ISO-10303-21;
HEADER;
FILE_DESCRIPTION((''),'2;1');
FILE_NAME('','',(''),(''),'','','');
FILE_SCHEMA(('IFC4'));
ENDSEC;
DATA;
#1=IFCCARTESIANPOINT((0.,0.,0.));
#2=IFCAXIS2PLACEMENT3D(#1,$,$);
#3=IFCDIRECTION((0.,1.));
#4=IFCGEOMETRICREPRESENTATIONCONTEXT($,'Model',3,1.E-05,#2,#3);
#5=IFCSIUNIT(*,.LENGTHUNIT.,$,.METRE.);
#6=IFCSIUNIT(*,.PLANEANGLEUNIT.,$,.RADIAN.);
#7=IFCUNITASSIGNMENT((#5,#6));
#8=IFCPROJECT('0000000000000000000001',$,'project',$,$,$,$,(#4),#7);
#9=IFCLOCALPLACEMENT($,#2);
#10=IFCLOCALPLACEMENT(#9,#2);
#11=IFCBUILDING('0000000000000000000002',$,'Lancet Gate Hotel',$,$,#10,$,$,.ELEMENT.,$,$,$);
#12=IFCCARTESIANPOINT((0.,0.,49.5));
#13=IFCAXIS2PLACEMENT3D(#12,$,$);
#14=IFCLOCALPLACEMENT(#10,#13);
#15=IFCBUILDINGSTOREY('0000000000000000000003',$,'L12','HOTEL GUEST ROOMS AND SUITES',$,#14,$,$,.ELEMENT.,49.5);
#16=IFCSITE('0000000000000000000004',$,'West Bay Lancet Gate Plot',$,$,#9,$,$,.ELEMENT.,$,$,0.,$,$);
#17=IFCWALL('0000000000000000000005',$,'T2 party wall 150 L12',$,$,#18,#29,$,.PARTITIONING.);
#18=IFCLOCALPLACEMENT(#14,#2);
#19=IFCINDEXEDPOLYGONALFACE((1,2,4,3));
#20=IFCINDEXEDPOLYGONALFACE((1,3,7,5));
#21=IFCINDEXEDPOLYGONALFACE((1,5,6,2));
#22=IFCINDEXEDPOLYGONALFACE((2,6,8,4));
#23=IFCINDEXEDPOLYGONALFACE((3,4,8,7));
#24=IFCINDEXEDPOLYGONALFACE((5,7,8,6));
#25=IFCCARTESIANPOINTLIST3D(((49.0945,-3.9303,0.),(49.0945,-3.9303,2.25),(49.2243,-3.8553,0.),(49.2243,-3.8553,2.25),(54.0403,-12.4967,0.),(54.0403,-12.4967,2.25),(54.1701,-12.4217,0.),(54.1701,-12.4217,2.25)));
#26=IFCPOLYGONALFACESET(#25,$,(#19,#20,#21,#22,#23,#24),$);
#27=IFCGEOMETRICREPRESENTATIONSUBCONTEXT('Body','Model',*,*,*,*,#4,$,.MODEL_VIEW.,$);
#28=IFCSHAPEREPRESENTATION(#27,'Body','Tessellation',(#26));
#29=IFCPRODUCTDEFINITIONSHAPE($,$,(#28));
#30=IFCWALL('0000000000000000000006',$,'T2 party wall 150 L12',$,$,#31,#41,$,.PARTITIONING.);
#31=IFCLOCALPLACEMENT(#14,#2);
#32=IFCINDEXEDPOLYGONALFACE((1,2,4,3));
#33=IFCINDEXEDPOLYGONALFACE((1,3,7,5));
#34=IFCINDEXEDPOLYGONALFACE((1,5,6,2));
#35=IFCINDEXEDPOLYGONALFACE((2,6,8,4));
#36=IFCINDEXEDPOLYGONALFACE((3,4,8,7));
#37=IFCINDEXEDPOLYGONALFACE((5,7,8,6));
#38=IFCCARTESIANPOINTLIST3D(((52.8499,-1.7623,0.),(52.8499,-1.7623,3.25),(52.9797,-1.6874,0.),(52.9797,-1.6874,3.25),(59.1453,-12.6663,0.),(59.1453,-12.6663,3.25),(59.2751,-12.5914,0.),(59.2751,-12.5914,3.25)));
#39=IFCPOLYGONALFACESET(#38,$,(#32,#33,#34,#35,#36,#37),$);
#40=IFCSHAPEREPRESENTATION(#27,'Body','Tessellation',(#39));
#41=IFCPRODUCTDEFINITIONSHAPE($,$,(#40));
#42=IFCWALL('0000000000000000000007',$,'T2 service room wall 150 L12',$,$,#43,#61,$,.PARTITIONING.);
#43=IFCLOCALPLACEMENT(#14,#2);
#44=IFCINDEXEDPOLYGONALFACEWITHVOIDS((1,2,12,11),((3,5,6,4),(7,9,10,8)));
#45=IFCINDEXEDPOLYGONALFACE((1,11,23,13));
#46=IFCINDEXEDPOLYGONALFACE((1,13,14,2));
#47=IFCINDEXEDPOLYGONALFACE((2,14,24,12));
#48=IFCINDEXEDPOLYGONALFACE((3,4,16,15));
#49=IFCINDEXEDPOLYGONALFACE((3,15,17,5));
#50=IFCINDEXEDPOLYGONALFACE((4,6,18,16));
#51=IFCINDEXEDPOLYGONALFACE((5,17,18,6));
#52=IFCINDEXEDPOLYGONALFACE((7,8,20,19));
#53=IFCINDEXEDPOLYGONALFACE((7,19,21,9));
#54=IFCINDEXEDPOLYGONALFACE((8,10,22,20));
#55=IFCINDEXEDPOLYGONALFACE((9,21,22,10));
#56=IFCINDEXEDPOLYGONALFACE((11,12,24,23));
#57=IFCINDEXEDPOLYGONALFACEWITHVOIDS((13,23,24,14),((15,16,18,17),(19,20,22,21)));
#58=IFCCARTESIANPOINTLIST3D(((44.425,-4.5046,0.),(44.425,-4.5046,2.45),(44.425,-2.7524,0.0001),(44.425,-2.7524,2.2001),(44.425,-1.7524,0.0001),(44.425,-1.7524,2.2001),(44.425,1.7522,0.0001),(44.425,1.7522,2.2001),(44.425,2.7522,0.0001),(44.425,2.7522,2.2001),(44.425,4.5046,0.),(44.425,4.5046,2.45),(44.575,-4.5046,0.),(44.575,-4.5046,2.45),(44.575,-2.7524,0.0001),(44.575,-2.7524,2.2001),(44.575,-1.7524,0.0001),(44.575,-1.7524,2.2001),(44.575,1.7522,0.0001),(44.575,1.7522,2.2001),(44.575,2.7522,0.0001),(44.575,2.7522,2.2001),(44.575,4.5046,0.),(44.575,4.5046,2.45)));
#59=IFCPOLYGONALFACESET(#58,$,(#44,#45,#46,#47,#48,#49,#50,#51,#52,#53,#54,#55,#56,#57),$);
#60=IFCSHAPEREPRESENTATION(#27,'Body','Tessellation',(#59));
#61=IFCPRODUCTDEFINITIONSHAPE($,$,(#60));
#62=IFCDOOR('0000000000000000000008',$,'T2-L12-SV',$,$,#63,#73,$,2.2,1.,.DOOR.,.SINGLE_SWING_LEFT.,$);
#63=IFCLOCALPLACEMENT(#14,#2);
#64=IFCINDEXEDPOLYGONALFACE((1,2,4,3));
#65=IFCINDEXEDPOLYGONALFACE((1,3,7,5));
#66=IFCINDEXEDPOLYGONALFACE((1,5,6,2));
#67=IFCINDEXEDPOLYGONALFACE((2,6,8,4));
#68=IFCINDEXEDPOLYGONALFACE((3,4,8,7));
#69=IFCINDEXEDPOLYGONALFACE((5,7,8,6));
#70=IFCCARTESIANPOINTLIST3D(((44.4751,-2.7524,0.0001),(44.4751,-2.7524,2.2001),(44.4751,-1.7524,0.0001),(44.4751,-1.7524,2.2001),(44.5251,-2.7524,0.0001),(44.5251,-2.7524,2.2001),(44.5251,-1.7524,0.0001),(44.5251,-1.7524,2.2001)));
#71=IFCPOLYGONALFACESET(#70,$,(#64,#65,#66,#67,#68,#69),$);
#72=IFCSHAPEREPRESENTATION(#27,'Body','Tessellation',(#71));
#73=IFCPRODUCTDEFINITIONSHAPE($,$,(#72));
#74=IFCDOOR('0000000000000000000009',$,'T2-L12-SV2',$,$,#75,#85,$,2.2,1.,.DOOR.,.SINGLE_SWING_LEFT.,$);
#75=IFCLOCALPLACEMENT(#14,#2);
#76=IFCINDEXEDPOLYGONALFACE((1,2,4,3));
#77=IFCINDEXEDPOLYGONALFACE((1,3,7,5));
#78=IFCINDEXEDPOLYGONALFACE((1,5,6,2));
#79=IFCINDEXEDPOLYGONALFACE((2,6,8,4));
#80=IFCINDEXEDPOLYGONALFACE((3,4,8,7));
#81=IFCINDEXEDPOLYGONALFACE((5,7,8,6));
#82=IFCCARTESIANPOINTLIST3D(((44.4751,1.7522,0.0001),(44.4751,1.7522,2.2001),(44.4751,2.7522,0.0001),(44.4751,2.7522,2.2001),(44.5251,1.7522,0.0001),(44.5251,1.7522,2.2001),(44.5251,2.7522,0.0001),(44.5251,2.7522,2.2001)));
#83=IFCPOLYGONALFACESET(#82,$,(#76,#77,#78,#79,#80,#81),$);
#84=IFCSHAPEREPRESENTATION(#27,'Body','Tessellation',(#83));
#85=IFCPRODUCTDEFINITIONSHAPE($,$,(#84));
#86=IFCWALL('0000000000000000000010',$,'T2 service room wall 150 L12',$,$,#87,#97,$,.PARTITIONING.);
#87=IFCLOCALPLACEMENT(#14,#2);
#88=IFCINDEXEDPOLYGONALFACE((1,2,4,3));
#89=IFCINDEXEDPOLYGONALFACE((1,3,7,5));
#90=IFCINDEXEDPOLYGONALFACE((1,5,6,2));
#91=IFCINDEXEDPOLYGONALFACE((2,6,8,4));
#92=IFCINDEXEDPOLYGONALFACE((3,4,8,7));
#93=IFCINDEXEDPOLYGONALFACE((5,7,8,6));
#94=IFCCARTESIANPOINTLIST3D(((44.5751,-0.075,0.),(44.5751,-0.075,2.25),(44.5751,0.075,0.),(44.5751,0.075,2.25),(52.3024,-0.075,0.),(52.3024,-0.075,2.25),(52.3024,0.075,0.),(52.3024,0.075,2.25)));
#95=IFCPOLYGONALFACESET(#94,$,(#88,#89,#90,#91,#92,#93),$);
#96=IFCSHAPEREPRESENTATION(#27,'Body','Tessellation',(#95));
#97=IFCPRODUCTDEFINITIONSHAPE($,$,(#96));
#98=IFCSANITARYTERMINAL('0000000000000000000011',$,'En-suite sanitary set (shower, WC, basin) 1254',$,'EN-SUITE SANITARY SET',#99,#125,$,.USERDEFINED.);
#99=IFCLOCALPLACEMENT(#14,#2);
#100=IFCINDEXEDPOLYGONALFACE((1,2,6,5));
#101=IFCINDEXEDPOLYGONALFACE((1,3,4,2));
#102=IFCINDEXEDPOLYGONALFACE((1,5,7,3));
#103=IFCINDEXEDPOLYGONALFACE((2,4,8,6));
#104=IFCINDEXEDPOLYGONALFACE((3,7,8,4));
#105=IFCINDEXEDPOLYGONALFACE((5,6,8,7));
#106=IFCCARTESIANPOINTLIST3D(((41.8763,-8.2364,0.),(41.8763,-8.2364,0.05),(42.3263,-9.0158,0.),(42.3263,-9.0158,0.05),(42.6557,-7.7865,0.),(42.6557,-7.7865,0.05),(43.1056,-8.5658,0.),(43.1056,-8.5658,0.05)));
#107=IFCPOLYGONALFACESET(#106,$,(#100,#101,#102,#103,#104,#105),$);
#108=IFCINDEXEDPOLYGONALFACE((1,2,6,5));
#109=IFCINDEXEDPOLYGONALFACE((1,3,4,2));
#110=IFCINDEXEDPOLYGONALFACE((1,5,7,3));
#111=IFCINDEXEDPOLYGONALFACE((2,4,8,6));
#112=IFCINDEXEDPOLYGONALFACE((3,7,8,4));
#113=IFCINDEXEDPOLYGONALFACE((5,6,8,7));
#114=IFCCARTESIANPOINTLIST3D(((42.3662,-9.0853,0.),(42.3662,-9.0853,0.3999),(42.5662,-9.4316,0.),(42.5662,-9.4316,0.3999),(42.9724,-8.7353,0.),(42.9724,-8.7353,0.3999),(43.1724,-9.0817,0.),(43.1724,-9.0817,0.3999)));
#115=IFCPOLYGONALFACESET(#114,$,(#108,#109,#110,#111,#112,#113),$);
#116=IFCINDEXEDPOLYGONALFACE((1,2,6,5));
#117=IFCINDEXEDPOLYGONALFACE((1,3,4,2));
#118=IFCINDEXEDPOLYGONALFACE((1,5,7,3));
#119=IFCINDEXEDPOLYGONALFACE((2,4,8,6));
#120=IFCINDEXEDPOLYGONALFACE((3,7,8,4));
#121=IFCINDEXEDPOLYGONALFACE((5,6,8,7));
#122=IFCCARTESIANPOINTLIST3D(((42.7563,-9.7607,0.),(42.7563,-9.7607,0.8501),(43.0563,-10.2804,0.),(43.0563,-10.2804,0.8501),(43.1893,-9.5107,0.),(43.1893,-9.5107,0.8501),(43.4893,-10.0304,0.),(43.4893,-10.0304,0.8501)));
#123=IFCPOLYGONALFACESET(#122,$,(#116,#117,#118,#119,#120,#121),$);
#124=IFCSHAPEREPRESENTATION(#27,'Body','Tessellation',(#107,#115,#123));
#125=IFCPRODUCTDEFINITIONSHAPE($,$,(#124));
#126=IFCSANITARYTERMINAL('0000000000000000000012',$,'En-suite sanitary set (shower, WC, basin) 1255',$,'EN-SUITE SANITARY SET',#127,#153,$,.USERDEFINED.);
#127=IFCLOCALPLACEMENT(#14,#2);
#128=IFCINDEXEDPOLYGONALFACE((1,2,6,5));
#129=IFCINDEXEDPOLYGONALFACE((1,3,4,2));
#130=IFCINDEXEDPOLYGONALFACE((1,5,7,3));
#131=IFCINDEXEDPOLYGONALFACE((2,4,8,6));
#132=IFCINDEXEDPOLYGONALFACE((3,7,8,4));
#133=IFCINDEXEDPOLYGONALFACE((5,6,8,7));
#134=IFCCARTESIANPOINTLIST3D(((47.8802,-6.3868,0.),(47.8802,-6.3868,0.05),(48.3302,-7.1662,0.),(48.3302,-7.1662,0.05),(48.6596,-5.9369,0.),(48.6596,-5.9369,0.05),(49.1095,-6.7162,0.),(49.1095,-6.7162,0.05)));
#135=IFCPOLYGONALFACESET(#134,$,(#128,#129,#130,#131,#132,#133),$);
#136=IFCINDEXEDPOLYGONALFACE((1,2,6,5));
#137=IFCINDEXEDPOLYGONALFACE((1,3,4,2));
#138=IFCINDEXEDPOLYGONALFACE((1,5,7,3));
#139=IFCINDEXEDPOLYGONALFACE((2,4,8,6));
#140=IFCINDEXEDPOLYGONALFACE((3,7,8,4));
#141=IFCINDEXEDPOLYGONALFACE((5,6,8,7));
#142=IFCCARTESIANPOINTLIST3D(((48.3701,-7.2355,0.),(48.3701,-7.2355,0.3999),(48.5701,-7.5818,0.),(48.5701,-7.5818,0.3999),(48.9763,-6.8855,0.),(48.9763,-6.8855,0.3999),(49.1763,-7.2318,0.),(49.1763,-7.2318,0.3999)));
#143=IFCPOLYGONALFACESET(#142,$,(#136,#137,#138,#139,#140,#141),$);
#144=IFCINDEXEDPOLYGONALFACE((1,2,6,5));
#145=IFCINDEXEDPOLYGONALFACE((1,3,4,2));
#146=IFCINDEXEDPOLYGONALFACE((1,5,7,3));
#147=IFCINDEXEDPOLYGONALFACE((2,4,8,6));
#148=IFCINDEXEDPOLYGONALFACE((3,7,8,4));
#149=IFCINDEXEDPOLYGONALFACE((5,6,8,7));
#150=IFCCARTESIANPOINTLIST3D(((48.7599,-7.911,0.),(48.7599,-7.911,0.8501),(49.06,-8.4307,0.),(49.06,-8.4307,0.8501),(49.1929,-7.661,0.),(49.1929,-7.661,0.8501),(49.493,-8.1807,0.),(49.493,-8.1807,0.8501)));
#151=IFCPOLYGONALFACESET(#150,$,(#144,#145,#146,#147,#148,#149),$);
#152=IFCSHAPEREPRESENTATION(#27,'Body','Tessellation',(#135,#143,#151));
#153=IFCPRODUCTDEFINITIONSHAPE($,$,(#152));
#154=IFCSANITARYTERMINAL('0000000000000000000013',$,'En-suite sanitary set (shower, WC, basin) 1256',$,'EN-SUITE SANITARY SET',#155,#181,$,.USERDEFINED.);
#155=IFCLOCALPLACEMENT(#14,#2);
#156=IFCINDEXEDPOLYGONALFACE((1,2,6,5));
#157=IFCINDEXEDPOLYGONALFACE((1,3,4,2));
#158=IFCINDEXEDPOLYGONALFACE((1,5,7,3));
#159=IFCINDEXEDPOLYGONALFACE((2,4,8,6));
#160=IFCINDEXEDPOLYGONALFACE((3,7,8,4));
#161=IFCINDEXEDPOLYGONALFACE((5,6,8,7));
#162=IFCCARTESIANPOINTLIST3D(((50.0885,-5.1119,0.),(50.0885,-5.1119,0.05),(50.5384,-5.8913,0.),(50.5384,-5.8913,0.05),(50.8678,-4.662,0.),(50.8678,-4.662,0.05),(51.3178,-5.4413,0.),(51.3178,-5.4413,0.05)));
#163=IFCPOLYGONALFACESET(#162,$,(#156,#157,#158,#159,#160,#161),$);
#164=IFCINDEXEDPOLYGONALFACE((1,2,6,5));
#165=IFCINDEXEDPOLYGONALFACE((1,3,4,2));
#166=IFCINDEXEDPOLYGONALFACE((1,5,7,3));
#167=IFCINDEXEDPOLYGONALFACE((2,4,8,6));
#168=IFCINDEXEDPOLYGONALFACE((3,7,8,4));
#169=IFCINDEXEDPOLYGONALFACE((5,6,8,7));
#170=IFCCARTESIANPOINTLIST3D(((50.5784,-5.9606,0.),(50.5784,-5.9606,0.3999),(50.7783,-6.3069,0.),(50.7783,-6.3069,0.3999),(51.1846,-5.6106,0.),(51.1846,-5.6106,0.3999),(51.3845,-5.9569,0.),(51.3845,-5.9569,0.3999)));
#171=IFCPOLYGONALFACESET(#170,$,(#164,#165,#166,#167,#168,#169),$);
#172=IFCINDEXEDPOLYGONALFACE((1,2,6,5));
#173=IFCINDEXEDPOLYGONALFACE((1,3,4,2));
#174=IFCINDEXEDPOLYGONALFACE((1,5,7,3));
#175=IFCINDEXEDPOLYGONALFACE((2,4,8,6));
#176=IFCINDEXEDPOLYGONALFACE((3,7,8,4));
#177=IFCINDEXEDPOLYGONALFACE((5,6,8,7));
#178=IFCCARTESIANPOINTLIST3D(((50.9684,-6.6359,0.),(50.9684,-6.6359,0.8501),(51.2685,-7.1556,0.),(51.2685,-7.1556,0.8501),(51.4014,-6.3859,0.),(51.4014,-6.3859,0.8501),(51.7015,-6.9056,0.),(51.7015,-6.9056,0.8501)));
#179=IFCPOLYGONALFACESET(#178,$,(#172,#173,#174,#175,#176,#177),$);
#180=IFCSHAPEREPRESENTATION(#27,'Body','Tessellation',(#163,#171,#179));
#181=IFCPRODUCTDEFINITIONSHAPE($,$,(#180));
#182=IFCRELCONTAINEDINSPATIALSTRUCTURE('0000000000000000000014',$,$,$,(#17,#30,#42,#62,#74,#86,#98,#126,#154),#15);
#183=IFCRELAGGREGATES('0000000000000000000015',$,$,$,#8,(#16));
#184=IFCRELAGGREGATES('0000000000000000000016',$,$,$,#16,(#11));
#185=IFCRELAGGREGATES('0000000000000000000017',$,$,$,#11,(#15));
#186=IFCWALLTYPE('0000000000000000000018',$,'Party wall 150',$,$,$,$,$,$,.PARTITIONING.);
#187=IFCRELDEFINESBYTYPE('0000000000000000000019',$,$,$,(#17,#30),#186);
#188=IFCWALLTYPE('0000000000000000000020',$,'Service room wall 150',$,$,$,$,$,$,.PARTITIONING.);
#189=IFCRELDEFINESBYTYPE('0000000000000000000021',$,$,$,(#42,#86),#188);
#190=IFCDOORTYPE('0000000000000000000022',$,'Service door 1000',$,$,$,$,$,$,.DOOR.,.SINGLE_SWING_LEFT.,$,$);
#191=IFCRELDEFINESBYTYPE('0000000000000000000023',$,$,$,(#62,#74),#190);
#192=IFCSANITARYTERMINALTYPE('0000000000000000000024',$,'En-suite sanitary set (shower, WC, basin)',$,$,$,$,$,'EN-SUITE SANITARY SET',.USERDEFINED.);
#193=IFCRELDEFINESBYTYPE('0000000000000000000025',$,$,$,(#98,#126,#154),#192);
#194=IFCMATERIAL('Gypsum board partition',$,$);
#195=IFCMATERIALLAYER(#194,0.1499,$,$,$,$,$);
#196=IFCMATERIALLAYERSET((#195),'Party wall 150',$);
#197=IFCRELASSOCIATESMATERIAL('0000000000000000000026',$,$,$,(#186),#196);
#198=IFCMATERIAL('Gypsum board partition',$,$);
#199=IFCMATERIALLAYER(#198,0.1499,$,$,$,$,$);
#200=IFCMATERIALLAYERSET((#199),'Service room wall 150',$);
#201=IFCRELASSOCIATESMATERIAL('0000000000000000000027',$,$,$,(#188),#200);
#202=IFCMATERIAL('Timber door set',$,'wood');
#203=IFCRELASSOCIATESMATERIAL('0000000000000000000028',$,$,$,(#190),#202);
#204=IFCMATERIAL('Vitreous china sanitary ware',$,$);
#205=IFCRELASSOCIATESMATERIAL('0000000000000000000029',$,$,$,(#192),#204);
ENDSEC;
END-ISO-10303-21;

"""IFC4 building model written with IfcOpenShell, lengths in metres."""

from ifc_helpers import new_model, si_unit, direction, frame, frame_2d, origin, origin_2d, place, context, subcontext, project, spatial, rectangle, extrude, material, layer, layer_set, type_object, element, fill, save


model = new_model("IFC4")

# Units and contexts
model_context = context("Model", 3, precision=1e-05, world=origin(), true_north=direction((0.0, 1.0)))
body_context = subcontext(model_context, "Body", "Model", "MODEL_VIEW")
ifc_project = project(units=[si_unit("LENGTHUNIT", "METRE"), si_unit("PLANEANGLEUNIT", "RADIAN")], contexts=[model_context])

# Site, building, storey
site_placement = place(None, origin())
site = spatial("IfcSite", under=ifc_project, at=site_placement, Name="West Bay Lancet Gate Plot", CompositionType="ELEMENT", RefElevation=0.0)
building_placement = place(site_placement, origin())
building = spatial("IfcBuilding", under=site, at=building_placement, Name="Lancet Gate Hotel", CompositionType="ELEMENT")
storey_placement = place(building_placement, frame((0.0, 0.0, 49.5)))
storey = spatial("IfcBuildingStorey", under=building, at=storey_placement, Name="L12", Description="HOTEL GUEST ROOMS AND SUITES", CompositionType="ELEMENT", Elevation=49.5)

# Walls
ifc_material_1 = material(Name="Gypsum board partition")
ifc_layer_1 = layer(ifc_material_1, 0.1499)
ifc_layer_set_1 = layer_set([ifc_layer_1], Name="Party wall 150")
wall_type_1 = type_object("IfcWallType", Name="Party wall 150", PredefinedType="PARTITIONING", material=ifc_layer_set_1)
wall_1_placement = place(storey_placement, frame((49.1594, -3.8928, 0.0), z_axis=(0.0, 0.0, 1.0), x_axis=(0.499999, -0.866026, 0.0)))
element("IfcWall", 1, at=wall_1_placement, inside=storey, type_object=wall_type_1, Name="T2 party wall 150 L12", PredefinedType="PARTITIONING", context=body_context, shape_type="SweptSolid", body=[
    extrude(rectangle(XDim=9.8916, YDim=0.1499, at=frame_2d((4.9458, 0.0))), origin(), (0.0, 0.0, 1.0), 2.25),
])
wall_2_placement = place(storey_placement, frame((52.9148, -1.7249, 0.0), z_axis=(0.0, 0.0, 1.0), x_axis=(0.499997, -0.866027, 0.0)))
element("IfcWall", 2, at=wall_2_placement, inside=storey, type_object=wall_type_1, Name="T2 party wall 150 L12", PredefinedType="PARTITIONING", context=body_context, shape_type="SweptSolid", body=[
    extrude(rectangle(XDim=12.5908, YDim=0.1499, at=frame_2d((6.2954, 0.0))), origin(), (0.0, 0.0, 1.0), 3.25),
])

# Wall, openings, doors
ifc_material_2 = material(Name="Gypsum board partition")
ifc_layer_2 = layer(ifc_material_2, 0.1499)
ifc_layer_set_2 = layer_set([ifc_layer_2], Name="Service room wall 150")
wall_type_2 = type_object("IfcWallType", Name="Service room wall 150", PredefinedType="PARTITIONING", material=ifc_layer_set_2)
wall_3_placement = place(storey_placement, frame((44.5, -4.5046, 0.0), z_axis=(0.0, 0.0, 1.0), x_axis=(0.0, 1.0, 0.0)))
wall_3 = element("IfcWall", 3, at=wall_3_placement, inside=storey, type_object=wall_type_2, Name="T2 service room wall 150 L12", PredefinedType="PARTITIONING", context=body_context, shape_type="SweptSolid", body=[
    extrude(rectangle(XDim=9.0093, YDim=0.1499, at=frame_2d((4.5046, 0.0))), origin(), (0.0, 0.0, 1.0), 2.45),
])
opening_1_placement = place(wall_3_placement, frame((1.7522, 0.0, 0.0)))
opening_1 = element("IfcOpeningElement", 4, at=opening_1_placement, cuts=wall_3, PredefinedType="OPENING", context=body_context, shape_type="SweptSolid", body=[
    extrude(rectangle(XDim=1.0, YDim=2.2, at=frame_2d((0.5, 1.1001))), frame((0.0, 0.085, 0.0), z_axis=(0.0, -1.0, 0.0), x_axis=(1.0, 0.0, 0.0)), (0.0, 0.0, 1.0), 0.1699),
])
opening_2_placement = place(wall_3_placement, frame((6.2568, 0.0, 0.0)))
opening_2 = element("IfcOpeningElement", 5, at=opening_2_placement, cuts=wall_3, PredefinedType="OPENING", context=body_context, shape_type="SweptSolid", body=[
    extrude(rectangle(XDim=1.0, YDim=2.2, at=frame_2d((0.5, 1.1001))), frame((0.0, 0.085, 0.0), z_axis=(0.0, -1.0, 0.0), x_axis=(1.0, 0.0, 0.0)), (0.0, 0.0, 1.0), 0.1699),
])
ifc_material_3 = material(Name="Timber door set", Category="wood")
door_type_1 = type_object("IfcDoorType", Name="Service door 1000", OperationType="SINGLE_SWING_LEFT", PredefinedType="DOOR", material=ifc_material_3)
door_1_placement = place(opening_1_placement, origin())
door_1 = element("IfcDoor", 6, at=door_1_placement, inside=storey, type_object=door_type_1, Name="T2-L12-SV", OperationType="SINGLE_SWING_LEFT", OverallHeight=2.2, OverallWidth=1.0, PredefinedType="DOOR", context=body_context, shape_type="SweptSolid", body=[
    extrude(rectangle(XDim=1.0, YDim=2.2, at=frame_2d((0.5, 1.1001))), frame((0.0, 0.0249, 0.0), z_axis=(0.0, -1.0, 0.0), x_axis=(1.0, 0.0, 0.0)), (0.0, 0.0, 1.0), 0.05),
])
fill(opening_1, door_1)
door_2_placement = place(opening_2_placement, origin())
door_2 = element("IfcDoor", 7, at=door_2_placement, inside=storey, type_object=door_type_1, Name="T2-L12-SV2", OperationType="SINGLE_SWING_LEFT", OverallHeight=2.2, OverallWidth=1.0, PredefinedType="DOOR", context=body_context, shape_type="SweptSolid", body=[
    extrude(rectangle(XDim=1.0, YDim=2.2, at=frame_2d((0.5, 1.1001))), frame((0.0, 0.0249, 0.0), z_axis=(0.0, -1.0, 0.0), x_axis=(1.0, 0.0, 0.0)), (0.0, 0.0, 1.0), 0.05),
])
fill(opening_2, door_2)

# Wall
wall_4_placement = place(storey_placement, frame((44.575, 0.0, 0.0), z_axis=(0.0, 0.0, 1.0), x_axis=(1.0, 0.0, 0.0)))
element("IfcWall", 8, at=wall_4_placement, inside=storey, type_object=wall_type_2, Name="T2 service room wall 150 L12", PredefinedType="PARTITIONING", context=body_context, shape_type="SweptSolid", body=[
    extrude(rectangle(XDim=7.7273, YDim=0.1499, at=frame_2d((3.8638, 0.0))), origin(), (0.0, 0.0, 1.0), 2.25),
])

# Sanitary terminals
ifc_material_4 = material(Name="Vitreous china sanitary ware")
sanitary_terminal_type = type_object("IfcSanitaryTerminalType", Name="En-suite sanitary set (shower, WC, basin)", ElementType="EN-SUITE SANITARY SET", PredefinedType="USERDEFINED", material=ifc_material_4)
sanitary_terminal_1_placement = place(storey_placement, frame((42.491, -8.4011, 0.0), z_axis=(0.0, 0.0, 1.0), x_axis=(1.0, 0.0, 0.0)))
element("IfcSanitaryTerminal", 9, at=sanitary_terminal_1_placement, inside=storey, type_object=sanitary_terminal_type, Name="En-suite sanitary set (shower, WC, basin) 1254", ObjectType="EN-SUITE SANITARY SET", PredefinedType="USERDEFINED", context=body_context, shape_type="SweptSolid", body=[
    extrude(rectangle(XDim=0.8999, YDim=0.8999, at=origin_2d()), frame((0.0, 0.0, 0.0), z_axis=(0.0, 0.0, 1.0), x_axis=(-0.5, 0.866025, 0.0)), (0.0, 0.0, 1.0), 0.05),
    extrude(rectangle(XDim=0.3999, YDim=0.7, at=origin_2d()), frame((0.2783, -0.6824, 0.0), z_axis=(0.0, 0.0, 1.0), x_axis=(-0.5, 0.866025, 0.0)), (0.0, 0.0, 1.0), 0.3999),
    extrude(rectangle(XDim=0.6001, YDim=0.5, at=origin_2d()), frame((0.6318, -1.4944, 0.0), z_axis=(0.0, 0.0, 1.0), x_axis=(-0.5, 0.866025, 0.0)), (0.0, 0.0, 1.0), 0.8501),
])
sanitary_terminal_2_placement = place(storey_placement, frame((48.4949, -6.5515, 0.0), z_axis=(0.0, 0.0, 1.0), x_axis=(1.0, 0.0, 0.0)))
element("IfcSanitaryTerminal", 10, at=sanitary_terminal_2_placement, inside=storey, type_object=sanitary_terminal_type, Name="En-suite sanitary set (shower, WC, basin) 1255", ObjectType="EN-SUITE SANITARY SET", PredefinedType="USERDEFINED", context=body_context, shape_type="SweptSolid", body=[
    extrude(rectangle(XDim=0.8999, YDim=0.8999, at=origin_2d()), frame((0.0, 0.0, 0.0), z_axis=(0.0, 0.0, 1.0), x_axis=(-0.5, 0.866025, 0.0)), (0.0, 0.0, 1.0), 0.05),
    extrude(rectangle(XDim=0.3999, YDim=0.7, at=origin_2d()), frame((0.2783, -0.6821, 0.0), z_axis=(0.0, 0.0, 1.0), x_axis=(-0.5, 0.866025, 0.0)), (0.0, 0.0, 1.0), 0.3999),
    extrude(rectangle(XDim=0.6001, YDim=0.5, at=origin_2d()), frame((0.6316, -1.4944, 0.0), z_axis=(0.0, 0.0, 1.0), x_axis=(-0.5, 0.866025, 0.0)), (0.0, 0.0, 1.0), 0.8501),
])
sanitary_terminal_3_placement = place(storey_placement, frame((50.7031, -5.2766, 0.0), z_axis=(0.0, 0.0, 1.0), x_axis=(1.0, 0.0, 0.0)))
element("IfcSanitaryTerminal", 11, at=sanitary_terminal_3_placement, inside=storey, type_object=sanitary_terminal_type, Name="En-suite sanitary set (shower, WC, basin) 1256", ObjectType="EN-SUITE SANITARY SET", PredefinedType="USERDEFINED", context=body_context, shape_type="SweptSolid", body=[
    extrude(rectangle(XDim=0.8999, YDim=0.8999, at=origin_2d()), frame((0.0, 0.0, 0.0), z_axis=(0.0, 0.0, 1.0), x_axis=(-0.5, 0.866025, 0.0)), (0.0, 0.0, 1.0), 0.05),
    extrude(rectangle(XDim=0.3999, YDim=0.7, at=origin_2d()), frame((0.2783, -0.6821, 0.0), z_axis=(0.0, 0.0, 1.0), x_axis=(-0.5, 0.866025, 0.0)), (0.0, 0.0, 1.0), 0.3999),
    extrude(rectangle(XDim=0.6001, YDim=0.5, at=origin_2d()), frame((0.6318, -1.4941, 0.0), z_axis=(0.0, 0.0, 1.0), x_axis=(-0.5, 0.866025, 0.0)), (0.0, 0.0, 1.0), 0.8501),
])

save(model, "model.ifc")
